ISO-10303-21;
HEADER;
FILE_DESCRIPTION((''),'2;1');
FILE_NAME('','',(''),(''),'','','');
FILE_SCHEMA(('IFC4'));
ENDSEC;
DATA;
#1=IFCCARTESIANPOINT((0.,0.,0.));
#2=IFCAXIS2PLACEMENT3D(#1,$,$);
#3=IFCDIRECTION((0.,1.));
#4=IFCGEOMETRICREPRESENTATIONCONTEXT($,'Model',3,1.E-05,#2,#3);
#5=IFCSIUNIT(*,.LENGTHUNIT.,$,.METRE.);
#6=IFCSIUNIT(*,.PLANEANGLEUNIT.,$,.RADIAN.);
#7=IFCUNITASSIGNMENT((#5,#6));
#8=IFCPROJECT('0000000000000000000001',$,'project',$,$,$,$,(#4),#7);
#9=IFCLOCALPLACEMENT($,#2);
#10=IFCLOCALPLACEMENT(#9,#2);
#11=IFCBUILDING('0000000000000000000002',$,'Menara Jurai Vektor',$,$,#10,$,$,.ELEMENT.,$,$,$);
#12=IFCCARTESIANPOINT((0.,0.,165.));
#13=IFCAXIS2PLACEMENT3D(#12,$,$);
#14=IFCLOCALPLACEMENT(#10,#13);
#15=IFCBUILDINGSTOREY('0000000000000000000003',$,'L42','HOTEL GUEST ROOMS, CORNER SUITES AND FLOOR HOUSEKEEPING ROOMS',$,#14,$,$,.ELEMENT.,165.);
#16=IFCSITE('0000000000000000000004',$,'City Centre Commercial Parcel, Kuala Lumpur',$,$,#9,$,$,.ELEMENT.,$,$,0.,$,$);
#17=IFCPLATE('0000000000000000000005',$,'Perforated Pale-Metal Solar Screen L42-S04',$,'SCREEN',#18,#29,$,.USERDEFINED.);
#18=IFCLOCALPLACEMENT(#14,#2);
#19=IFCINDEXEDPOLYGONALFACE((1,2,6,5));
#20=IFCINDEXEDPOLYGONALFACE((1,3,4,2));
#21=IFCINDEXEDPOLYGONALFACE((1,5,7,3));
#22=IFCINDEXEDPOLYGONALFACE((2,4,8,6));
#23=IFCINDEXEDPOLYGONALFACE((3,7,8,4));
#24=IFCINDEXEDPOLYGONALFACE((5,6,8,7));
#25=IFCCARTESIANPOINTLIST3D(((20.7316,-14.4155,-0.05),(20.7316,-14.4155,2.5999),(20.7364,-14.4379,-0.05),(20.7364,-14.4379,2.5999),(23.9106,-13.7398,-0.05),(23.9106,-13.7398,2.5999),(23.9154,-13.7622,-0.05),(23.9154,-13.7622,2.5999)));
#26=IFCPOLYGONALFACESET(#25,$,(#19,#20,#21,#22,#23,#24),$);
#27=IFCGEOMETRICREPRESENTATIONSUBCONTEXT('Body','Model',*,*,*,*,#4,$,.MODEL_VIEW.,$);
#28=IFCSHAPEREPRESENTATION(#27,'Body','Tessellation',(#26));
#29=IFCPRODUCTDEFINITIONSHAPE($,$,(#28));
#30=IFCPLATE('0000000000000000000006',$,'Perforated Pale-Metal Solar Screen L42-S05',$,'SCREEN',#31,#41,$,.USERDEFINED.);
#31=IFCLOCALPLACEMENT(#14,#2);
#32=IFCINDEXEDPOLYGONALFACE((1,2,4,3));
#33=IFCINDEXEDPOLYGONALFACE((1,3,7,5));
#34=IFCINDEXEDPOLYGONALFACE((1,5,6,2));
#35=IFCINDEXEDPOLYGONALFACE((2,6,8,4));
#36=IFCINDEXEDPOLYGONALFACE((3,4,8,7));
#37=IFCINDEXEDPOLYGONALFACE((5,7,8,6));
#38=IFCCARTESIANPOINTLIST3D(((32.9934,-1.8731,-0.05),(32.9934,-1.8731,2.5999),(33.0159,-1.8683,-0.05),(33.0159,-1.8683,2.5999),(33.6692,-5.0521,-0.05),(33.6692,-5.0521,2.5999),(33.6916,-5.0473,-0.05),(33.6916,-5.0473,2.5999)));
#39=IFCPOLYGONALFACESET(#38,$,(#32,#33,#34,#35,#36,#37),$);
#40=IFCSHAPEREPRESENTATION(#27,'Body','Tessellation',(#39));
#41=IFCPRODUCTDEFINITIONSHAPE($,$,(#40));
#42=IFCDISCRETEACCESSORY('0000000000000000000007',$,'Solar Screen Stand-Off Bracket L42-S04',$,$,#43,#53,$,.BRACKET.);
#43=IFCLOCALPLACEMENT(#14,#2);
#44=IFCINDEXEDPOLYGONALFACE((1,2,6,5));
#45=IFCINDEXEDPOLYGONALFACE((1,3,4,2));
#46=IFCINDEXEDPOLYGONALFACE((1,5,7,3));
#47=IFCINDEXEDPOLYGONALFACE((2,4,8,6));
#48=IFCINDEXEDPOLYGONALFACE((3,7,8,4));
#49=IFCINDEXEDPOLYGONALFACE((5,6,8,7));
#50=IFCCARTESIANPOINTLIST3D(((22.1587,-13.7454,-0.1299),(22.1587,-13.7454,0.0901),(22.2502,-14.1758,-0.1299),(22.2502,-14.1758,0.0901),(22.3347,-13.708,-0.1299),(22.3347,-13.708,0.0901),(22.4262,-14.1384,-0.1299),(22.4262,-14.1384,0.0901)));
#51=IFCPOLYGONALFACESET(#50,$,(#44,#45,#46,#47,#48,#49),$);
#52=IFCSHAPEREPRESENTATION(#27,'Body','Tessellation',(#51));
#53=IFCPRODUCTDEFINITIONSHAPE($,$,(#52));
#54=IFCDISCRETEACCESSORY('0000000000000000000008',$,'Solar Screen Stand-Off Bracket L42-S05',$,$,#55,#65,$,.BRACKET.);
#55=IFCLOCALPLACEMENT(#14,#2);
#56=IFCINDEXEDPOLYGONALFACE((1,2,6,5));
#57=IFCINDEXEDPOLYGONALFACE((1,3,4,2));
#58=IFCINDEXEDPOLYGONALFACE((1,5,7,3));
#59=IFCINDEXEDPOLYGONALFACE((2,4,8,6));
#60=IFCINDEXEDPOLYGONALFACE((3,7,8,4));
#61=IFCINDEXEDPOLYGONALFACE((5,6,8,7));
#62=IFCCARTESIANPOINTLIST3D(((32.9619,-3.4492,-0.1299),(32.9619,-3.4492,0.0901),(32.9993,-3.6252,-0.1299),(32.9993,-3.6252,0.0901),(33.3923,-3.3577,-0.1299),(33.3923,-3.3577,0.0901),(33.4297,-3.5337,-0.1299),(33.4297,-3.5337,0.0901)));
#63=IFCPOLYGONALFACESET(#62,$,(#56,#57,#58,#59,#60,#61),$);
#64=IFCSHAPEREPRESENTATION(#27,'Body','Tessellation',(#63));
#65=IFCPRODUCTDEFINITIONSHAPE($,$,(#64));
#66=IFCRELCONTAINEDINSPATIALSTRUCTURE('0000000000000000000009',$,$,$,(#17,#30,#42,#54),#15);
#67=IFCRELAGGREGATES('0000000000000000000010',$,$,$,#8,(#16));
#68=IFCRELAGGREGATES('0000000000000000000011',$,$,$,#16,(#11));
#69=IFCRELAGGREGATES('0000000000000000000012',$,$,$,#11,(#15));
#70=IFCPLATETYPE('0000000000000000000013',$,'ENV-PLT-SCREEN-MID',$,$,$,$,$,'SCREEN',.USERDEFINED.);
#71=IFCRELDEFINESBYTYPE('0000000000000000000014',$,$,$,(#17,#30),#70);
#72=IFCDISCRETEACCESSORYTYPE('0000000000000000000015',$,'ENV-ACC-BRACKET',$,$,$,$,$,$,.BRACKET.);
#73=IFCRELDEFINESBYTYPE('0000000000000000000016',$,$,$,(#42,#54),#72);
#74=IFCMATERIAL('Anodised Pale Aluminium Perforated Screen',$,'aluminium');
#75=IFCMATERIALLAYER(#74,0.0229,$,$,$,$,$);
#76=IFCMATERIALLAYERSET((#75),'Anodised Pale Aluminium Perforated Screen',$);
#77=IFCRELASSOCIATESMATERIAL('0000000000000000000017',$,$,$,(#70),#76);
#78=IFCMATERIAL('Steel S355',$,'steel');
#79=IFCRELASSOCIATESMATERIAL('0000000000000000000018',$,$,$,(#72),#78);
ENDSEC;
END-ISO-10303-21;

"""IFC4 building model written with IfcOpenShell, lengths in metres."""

from ifc_helpers import new_model, si_unit, direction, frame, origin, origin_2d, place, context, subcontext, project, spatial, rectangle, extrude, material, layer, layer_set, type_object, element, save


model = new_model("IFC4")

# Units and contexts
model_context = context("Model", 3, precision=1e-05, world=origin(), true_north=direction((0.0, 1.0)))
body_context = subcontext(model_context, "Body", "Model", "MODEL_VIEW")
ifc_project = project(units=[si_unit("LENGTHUNIT", "METRE"), si_unit("PLANEANGLEUNIT", "RADIAN")], contexts=[model_context])

# Site, building, storey
site_placement = place(None, origin())
site = spatial("IfcSite", under=ifc_project, at=site_placement, Name="City Centre Commercial Parcel, Kuala Lumpur", CompositionType="ELEMENT", RefElevation=0.0)
building_placement = place(site_placement, origin())
building = spatial("IfcBuilding", under=site, at=building_placement, Name="Menara Jurai Vektor", CompositionType="ELEMENT")
storey_placement = place(building_placement, frame((0.0, 0.0, 165.0)))
storey = spatial("IfcBuildingStorey", under=building, at=storey_placement, Name="L42", Description="HOTEL GUEST ROOMS, CORNER SUITES AND FLOOR HOUSEKEEPING ROOMS", CompositionType="ELEMENT", Elevation=165.0)

# Shared definitions
ifc_material_1 = material(Name="Steel S355", Category="steel")

# Plates
ifc_material_2 = material(Name="Anodised Pale Aluminium Perforated Screen", Category="aluminium")
ifc_layer_1 = layer(ifc_material_2, 0.0229)
ifc_layer_set_1 = layer_set([ifc_layer_1], Name="Anodised Pale Aluminium Perforated Screen")
plate_type_1 = type_object("IfcPlateType", Name="ENV-PLT-SCREEN-MID", ElementType="SCREEN", PredefinedType="USERDEFINED", material=ifc_layer_set_1)
for number, where, z_axis, x_axis, name in (
    (1, (22.3235, -14.0889, -0.05), (0.0, 0.0, 1.0), (0.978148, 0.207912, 0.0), "Perforated Pale-Metal Solar Screen L42-S04"),
    (2, (33.3425, -3.4602, -0.05), (0.0, 0.0, 1.0), (-0.207912, 0.978148, 0.0), "Perforated Pale-Metal Solar Screen L42-S05"),
):
    element("IfcPlate", number, at=place(storey_placement, frame(where, z_axis=z_axis, x_axis=x_axis)), inside=storey, type_object=plate_type_1, Name=name, ObjectType="SCREEN", PredefinedType="USERDEFINED", context=body_context, shape_type="SweptSolid", body=[
        extrude(rectangle(XDim=3.25, YDim=0.0229, at=origin_2d()), origin(), (0.0, 0.0, 1.0), 2.6499),
    ])

# Discrete accessories
discrete_accessory_type = type_object("IfcDiscreteAccessoryType", Name="ENV-ACC-BRACKET", PredefinedType="BRACKET", material=ifc_material_1)
for number, where, z_axis, x_axis, name in (
    (3, (22.2925, -13.9419, -0.1299), (0.0, 0.0, 1.0), (0.978148, 0.207912, 0.0), "Solar Screen Stand-Off Bracket L42-S04"),
    (4, (33.1958, -3.4915, -0.1299), (0.0, 0.0, 1.0), (-0.207912, 0.978148, 0.0), "Solar Screen Stand-Off Bracket L42-S05"),
):
    element("IfcDiscreteAccessory", number, at=place(storey_placement, frame(where, z_axis=z_axis, x_axis=x_axis)), inside=storey, type_object=discrete_accessory_type, Name=name, PredefinedType="BRACKET", context=body_context, shape_type="SweptSolid", body=[
        extrude(rectangle(XDim=0.1799, YDim=0.4399, at=origin_2d()), origin(), (0.0, 0.0, 1.0), 0.22),
    ])

save(model, "model.ifc")
